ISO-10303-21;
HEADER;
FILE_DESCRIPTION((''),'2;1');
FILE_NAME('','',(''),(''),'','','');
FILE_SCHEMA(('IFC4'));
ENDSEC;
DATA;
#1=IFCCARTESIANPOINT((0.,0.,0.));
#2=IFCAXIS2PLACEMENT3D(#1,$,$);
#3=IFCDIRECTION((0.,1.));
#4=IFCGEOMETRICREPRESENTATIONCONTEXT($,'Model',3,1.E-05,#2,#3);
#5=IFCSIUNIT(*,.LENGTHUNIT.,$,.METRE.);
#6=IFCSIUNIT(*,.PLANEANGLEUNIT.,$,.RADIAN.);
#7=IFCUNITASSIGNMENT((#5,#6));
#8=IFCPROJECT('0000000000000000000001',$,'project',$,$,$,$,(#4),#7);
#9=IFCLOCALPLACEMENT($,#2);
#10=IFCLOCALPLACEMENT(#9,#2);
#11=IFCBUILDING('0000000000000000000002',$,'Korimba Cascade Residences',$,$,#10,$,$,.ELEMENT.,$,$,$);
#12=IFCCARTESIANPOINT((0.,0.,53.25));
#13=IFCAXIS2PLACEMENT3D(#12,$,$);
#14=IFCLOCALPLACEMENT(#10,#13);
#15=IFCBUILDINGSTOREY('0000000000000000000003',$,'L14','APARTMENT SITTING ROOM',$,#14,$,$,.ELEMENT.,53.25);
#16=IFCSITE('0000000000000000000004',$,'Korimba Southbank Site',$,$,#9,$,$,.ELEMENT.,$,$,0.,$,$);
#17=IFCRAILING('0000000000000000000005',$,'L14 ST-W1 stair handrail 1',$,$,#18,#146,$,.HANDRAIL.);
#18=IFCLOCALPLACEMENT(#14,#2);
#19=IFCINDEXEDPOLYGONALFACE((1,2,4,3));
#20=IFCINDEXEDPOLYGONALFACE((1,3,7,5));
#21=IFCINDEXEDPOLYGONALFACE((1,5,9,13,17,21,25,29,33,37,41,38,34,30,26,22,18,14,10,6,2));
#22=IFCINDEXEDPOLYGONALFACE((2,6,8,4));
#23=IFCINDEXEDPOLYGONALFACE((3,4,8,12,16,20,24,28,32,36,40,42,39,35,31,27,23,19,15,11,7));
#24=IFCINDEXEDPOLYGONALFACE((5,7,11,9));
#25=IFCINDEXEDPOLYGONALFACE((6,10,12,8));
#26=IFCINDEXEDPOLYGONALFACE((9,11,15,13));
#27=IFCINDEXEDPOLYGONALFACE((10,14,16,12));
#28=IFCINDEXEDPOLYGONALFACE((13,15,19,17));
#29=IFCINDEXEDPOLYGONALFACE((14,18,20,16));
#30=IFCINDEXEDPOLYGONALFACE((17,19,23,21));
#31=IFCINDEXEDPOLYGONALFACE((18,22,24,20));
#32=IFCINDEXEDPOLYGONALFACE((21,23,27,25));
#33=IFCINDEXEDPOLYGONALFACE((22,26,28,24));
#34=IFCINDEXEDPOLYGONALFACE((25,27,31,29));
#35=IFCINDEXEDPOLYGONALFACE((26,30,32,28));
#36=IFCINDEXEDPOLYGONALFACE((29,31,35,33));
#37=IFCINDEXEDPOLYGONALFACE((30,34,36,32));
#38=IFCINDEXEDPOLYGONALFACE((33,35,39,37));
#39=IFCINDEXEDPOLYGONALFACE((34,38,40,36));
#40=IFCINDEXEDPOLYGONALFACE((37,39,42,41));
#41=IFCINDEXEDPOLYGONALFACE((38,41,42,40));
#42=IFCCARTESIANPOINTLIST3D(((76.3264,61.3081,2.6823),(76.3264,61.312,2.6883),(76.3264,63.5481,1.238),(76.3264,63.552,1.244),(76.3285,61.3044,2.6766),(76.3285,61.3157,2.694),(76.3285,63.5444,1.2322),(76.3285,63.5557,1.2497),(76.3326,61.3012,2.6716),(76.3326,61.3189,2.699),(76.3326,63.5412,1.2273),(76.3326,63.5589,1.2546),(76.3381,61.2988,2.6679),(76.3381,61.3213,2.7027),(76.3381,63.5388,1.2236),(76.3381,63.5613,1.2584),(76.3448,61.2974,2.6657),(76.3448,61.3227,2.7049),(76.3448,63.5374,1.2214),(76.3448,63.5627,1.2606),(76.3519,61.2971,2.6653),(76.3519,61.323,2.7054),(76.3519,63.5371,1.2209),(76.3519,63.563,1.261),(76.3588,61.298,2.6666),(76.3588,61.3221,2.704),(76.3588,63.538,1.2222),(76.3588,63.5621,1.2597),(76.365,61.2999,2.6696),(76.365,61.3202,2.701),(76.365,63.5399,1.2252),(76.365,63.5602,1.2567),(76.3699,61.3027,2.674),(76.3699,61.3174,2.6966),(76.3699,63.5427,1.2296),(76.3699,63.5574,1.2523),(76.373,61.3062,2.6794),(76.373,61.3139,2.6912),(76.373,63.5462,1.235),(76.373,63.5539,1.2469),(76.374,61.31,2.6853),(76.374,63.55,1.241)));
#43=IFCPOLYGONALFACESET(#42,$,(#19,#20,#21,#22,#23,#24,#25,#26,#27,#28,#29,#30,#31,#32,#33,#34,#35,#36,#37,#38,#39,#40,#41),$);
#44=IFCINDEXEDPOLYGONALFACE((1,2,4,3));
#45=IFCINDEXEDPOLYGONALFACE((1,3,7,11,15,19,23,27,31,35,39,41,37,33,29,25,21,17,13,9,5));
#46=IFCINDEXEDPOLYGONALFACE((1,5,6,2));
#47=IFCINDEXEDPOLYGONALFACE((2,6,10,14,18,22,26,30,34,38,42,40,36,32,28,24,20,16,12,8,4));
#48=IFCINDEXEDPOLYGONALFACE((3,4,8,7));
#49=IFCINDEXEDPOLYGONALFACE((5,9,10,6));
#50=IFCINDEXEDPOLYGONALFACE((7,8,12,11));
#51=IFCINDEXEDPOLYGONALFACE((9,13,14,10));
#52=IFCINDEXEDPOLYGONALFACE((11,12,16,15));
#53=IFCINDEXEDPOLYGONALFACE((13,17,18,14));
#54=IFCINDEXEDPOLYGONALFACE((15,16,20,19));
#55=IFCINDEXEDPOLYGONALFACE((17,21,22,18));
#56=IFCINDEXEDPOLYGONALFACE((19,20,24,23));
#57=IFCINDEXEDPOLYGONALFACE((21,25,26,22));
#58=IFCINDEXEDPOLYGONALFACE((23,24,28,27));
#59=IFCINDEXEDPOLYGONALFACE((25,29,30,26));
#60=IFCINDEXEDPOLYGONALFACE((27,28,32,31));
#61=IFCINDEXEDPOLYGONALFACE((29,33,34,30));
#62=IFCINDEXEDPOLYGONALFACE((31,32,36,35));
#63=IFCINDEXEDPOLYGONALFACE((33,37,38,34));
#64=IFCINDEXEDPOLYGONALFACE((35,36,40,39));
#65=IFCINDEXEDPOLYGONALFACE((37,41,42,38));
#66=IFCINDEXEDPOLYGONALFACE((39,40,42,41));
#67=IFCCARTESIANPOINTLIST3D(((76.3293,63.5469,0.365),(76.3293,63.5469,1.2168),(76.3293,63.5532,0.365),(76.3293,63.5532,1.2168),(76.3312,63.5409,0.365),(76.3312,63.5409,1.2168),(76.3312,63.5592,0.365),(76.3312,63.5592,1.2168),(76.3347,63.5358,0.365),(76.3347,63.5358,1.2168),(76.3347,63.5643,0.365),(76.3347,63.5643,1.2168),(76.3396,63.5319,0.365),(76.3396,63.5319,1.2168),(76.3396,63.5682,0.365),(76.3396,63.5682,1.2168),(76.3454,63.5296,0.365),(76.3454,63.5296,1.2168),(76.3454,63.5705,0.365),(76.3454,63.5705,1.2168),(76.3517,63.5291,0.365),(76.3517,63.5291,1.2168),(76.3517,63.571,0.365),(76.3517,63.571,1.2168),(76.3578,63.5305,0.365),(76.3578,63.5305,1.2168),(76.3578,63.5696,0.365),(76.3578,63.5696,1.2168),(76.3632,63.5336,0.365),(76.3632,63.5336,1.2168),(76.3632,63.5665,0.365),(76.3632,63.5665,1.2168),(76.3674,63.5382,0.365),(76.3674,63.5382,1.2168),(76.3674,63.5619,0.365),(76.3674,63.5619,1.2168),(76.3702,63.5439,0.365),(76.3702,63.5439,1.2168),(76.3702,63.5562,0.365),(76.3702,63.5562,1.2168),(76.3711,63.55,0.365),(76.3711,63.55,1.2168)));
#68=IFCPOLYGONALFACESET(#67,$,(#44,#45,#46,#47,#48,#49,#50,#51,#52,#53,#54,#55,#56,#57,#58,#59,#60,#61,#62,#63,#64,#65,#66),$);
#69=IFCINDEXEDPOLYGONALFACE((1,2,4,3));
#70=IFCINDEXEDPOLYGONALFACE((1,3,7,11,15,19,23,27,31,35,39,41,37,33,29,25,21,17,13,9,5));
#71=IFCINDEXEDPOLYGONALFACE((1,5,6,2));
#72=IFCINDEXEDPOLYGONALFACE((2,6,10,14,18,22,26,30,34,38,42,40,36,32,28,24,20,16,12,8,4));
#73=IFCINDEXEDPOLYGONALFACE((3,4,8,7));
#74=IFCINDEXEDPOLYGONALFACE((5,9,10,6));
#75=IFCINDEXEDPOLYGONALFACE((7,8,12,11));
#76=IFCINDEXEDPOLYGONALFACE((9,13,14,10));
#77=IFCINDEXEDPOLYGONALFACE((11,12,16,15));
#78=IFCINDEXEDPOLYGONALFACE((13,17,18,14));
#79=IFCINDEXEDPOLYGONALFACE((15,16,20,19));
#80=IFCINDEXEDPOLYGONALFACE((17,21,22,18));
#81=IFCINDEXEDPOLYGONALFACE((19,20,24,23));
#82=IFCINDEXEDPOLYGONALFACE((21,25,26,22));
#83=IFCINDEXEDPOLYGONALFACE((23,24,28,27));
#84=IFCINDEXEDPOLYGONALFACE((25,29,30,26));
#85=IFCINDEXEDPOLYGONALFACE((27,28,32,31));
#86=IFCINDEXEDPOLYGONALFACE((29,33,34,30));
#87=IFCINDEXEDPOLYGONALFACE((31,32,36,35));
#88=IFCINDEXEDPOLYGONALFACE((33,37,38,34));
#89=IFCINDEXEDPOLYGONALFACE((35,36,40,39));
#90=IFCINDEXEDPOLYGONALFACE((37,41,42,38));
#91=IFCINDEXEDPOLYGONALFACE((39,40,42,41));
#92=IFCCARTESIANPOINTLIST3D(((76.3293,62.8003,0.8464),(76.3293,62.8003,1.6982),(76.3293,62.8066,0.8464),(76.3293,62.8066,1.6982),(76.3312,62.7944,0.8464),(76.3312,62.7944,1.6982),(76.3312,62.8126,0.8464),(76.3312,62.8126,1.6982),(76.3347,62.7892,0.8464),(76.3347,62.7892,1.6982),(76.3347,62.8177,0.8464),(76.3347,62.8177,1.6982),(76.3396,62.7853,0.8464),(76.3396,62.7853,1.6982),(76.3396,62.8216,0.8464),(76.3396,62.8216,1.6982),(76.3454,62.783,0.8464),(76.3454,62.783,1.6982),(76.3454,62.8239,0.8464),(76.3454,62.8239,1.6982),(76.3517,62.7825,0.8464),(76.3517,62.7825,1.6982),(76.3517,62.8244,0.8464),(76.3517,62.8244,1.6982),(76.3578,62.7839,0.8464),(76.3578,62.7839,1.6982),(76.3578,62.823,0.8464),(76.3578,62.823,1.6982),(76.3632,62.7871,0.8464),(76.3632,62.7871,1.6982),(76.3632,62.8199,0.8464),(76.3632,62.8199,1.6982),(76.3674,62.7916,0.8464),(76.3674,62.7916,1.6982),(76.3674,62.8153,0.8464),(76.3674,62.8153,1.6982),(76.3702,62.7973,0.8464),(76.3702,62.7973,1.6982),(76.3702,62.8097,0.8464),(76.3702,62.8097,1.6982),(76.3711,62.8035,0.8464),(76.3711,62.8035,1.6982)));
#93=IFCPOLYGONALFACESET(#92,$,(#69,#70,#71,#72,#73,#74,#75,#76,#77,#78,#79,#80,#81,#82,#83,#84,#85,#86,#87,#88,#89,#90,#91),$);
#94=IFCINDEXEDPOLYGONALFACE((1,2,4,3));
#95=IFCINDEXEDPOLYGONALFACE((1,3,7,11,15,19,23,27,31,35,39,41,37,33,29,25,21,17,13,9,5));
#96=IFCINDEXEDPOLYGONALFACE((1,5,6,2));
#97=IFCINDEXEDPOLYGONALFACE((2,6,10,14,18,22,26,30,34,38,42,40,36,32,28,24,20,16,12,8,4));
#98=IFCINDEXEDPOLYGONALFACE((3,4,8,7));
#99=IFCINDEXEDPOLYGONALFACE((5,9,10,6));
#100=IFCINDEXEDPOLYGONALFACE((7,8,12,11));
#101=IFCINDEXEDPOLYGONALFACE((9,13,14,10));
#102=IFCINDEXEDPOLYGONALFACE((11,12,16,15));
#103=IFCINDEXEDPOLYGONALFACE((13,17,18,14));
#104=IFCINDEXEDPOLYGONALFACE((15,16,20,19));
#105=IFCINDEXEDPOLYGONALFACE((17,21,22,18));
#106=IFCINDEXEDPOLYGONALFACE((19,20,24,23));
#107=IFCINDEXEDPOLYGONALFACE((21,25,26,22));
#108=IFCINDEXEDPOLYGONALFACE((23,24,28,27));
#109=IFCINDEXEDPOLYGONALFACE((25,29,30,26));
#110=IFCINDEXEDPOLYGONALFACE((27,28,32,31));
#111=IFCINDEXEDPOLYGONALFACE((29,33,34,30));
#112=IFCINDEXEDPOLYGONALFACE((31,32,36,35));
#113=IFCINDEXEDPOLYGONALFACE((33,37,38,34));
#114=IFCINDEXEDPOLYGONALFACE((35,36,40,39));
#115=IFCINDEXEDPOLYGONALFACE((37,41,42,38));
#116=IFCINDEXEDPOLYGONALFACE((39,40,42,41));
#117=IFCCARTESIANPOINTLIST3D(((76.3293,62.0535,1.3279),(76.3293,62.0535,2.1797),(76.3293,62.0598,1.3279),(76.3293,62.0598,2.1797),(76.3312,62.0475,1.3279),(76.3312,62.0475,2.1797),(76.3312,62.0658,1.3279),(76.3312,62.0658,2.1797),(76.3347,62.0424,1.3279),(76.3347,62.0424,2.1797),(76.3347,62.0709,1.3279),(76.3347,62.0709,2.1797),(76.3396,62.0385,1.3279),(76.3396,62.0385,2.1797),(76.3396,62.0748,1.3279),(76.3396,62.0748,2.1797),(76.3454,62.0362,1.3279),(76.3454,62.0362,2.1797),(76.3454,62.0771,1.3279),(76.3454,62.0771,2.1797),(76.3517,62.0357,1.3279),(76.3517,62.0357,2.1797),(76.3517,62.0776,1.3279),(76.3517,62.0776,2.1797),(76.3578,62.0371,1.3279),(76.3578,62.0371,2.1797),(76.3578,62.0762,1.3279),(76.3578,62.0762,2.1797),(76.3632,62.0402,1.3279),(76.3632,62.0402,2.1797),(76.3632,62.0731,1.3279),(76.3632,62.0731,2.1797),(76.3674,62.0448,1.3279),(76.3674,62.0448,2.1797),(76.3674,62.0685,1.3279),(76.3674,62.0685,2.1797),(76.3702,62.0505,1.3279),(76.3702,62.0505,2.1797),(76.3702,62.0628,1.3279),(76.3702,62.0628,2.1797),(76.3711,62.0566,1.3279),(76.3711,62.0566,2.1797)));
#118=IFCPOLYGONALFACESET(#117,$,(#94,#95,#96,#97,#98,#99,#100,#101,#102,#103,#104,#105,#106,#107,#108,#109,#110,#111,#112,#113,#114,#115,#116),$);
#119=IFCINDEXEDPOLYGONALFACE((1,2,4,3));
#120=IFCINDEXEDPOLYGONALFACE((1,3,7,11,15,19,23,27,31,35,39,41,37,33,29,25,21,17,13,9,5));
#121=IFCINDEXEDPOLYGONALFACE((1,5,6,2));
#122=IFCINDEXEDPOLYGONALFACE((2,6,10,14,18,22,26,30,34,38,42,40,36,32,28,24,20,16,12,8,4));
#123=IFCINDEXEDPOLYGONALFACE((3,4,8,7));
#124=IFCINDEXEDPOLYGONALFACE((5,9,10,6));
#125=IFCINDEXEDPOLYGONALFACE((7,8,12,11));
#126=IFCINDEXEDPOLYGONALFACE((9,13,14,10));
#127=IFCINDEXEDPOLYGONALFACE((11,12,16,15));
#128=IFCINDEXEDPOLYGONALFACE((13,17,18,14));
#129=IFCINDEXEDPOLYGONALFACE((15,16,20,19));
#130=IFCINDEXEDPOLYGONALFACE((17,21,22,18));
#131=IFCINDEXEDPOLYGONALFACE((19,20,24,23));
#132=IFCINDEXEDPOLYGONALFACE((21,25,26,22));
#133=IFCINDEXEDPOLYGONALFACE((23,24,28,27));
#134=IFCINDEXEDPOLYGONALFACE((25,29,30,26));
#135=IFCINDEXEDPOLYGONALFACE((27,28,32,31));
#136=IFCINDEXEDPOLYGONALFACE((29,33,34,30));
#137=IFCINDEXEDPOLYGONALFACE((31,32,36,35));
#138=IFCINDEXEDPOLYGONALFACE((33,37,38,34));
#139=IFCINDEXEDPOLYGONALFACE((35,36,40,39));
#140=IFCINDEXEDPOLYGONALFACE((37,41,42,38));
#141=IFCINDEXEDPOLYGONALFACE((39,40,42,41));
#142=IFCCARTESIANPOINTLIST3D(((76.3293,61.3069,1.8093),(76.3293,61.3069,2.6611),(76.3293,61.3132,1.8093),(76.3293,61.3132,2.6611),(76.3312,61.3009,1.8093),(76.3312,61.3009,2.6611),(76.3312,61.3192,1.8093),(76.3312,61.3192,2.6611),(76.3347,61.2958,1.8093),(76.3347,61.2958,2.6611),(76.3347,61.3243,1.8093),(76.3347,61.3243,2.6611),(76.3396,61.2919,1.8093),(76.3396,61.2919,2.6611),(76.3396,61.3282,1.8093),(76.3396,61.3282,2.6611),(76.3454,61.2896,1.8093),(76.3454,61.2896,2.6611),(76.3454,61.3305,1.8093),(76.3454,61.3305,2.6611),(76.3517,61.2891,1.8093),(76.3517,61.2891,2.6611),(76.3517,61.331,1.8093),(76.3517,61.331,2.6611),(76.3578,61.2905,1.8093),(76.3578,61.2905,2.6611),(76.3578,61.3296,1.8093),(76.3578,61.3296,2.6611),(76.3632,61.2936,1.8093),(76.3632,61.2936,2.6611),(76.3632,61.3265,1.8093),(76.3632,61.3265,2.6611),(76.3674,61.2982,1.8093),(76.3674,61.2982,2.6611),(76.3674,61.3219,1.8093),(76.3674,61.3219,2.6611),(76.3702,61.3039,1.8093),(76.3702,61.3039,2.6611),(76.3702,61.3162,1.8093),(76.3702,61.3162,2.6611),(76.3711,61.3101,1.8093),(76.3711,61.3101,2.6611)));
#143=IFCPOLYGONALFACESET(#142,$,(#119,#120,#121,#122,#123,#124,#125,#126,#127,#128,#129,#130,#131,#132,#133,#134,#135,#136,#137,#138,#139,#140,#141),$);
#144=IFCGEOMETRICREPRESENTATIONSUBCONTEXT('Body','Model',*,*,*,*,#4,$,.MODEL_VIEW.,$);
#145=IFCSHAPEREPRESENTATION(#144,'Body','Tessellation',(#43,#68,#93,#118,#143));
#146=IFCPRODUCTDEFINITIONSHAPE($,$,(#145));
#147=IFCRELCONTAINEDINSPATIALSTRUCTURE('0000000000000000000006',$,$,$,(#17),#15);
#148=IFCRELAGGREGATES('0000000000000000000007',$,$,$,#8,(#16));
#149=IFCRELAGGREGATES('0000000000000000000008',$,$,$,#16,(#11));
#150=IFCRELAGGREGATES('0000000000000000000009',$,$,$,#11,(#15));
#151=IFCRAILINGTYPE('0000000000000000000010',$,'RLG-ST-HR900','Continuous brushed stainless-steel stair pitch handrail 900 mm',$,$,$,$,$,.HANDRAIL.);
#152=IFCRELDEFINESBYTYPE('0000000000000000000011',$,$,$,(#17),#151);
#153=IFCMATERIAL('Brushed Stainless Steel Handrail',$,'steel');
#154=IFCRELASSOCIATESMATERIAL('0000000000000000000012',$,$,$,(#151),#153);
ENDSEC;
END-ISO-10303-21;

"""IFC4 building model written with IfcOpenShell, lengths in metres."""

from ifc_helpers import new_model, si_unit, direction, frame, origin, origin_2d, place, context, subcontext, project, spatial, circle, extrude, material, type_object, element, save


model = new_model("IFC4")

# Units and contexts
model_context = context("Model", 3, precision=1e-05, world=origin(), true_north=direction((0.0, 1.0)))
body_context = subcontext(model_context, "Body", "Model", "MODEL_VIEW")
ifc_project = project(units=[si_unit("LENGTHUNIT", "METRE"), si_unit("PLANEANGLEUNIT", "RADIAN")], contexts=[model_context])

# Site, building, storey
site_placement = place(None, origin())
site = spatial("IfcSite", under=ifc_project, at=site_placement, Name="Korimba Southbank Site", CompositionType="ELEMENT", RefElevation=0.0)
building_placement = place(site_placement, origin())
building = spatial("IfcBuilding", under=site, at=building_placement, Name="Korimba Cascade Residences", CompositionType="ELEMENT")
storey_placement = place(building_placement, frame((0.0, 0.0, 53.25)))
storey = spatial("IfcBuildingStorey", under=building, at=storey_placement, Name="L14", Description="APARTMENT SITTING ROOM", CompositionType="ELEMENT", Elevation=53.25)

# Railing
ifc_material_1 = material(Name="Brushed Stainless Steel Handrail", Category="steel")
railing_type_1 = type_object("IfcRailingType", Name="RLG-ST-HR900", Description="Continuous brushed stainless-steel stair pitch handrail 900 mm", PredefinedType="HANDRAIL", material=ifc_material_1)
railing_1_placement = place(storey_placement, frame((76.3501, 63.55, 0.365)))
element("IfcRailing", 1, at=railing_1_placement, inside=storey, type_object=railing_type_1, Name="L14 ST-W1 stair handrail 1", PredefinedType="HANDRAIL", context=body_context, shape_type="SweptSolid", body=[
    extrude(circle(Radius=0.0239, at=origin_2d()), frame((0.0, 0.0, 0.876), z_axis=(0.0, -0.840437, 0.54191), x_axis=(1.0, 0.0, 0.0)), (0.0, 0.0, 1.0), 2.6653),
    extrude(circle(Radius=0.021, at=origin_2d()), origin(), (0.0, 0.0, 1.0), 0.8518),
    extrude(circle(Radius=0.021, at=origin_2d()), frame((0.0, -0.7466, 0.4814)), (0.0, 0.0, 1.0), 0.8518),
    extrude(circle(Radius=0.021, at=origin_2d()), frame((0.0, -1.4934, 0.9629)), (0.0, 0.0, 1.0), 0.8518),
    extrude(circle(Radius=0.021, at=origin_2d()), frame((0.0, -2.24, 1.4443)), (0.0, 0.0, 1.0), 0.8518),
])

save(model, "model.ifc")
